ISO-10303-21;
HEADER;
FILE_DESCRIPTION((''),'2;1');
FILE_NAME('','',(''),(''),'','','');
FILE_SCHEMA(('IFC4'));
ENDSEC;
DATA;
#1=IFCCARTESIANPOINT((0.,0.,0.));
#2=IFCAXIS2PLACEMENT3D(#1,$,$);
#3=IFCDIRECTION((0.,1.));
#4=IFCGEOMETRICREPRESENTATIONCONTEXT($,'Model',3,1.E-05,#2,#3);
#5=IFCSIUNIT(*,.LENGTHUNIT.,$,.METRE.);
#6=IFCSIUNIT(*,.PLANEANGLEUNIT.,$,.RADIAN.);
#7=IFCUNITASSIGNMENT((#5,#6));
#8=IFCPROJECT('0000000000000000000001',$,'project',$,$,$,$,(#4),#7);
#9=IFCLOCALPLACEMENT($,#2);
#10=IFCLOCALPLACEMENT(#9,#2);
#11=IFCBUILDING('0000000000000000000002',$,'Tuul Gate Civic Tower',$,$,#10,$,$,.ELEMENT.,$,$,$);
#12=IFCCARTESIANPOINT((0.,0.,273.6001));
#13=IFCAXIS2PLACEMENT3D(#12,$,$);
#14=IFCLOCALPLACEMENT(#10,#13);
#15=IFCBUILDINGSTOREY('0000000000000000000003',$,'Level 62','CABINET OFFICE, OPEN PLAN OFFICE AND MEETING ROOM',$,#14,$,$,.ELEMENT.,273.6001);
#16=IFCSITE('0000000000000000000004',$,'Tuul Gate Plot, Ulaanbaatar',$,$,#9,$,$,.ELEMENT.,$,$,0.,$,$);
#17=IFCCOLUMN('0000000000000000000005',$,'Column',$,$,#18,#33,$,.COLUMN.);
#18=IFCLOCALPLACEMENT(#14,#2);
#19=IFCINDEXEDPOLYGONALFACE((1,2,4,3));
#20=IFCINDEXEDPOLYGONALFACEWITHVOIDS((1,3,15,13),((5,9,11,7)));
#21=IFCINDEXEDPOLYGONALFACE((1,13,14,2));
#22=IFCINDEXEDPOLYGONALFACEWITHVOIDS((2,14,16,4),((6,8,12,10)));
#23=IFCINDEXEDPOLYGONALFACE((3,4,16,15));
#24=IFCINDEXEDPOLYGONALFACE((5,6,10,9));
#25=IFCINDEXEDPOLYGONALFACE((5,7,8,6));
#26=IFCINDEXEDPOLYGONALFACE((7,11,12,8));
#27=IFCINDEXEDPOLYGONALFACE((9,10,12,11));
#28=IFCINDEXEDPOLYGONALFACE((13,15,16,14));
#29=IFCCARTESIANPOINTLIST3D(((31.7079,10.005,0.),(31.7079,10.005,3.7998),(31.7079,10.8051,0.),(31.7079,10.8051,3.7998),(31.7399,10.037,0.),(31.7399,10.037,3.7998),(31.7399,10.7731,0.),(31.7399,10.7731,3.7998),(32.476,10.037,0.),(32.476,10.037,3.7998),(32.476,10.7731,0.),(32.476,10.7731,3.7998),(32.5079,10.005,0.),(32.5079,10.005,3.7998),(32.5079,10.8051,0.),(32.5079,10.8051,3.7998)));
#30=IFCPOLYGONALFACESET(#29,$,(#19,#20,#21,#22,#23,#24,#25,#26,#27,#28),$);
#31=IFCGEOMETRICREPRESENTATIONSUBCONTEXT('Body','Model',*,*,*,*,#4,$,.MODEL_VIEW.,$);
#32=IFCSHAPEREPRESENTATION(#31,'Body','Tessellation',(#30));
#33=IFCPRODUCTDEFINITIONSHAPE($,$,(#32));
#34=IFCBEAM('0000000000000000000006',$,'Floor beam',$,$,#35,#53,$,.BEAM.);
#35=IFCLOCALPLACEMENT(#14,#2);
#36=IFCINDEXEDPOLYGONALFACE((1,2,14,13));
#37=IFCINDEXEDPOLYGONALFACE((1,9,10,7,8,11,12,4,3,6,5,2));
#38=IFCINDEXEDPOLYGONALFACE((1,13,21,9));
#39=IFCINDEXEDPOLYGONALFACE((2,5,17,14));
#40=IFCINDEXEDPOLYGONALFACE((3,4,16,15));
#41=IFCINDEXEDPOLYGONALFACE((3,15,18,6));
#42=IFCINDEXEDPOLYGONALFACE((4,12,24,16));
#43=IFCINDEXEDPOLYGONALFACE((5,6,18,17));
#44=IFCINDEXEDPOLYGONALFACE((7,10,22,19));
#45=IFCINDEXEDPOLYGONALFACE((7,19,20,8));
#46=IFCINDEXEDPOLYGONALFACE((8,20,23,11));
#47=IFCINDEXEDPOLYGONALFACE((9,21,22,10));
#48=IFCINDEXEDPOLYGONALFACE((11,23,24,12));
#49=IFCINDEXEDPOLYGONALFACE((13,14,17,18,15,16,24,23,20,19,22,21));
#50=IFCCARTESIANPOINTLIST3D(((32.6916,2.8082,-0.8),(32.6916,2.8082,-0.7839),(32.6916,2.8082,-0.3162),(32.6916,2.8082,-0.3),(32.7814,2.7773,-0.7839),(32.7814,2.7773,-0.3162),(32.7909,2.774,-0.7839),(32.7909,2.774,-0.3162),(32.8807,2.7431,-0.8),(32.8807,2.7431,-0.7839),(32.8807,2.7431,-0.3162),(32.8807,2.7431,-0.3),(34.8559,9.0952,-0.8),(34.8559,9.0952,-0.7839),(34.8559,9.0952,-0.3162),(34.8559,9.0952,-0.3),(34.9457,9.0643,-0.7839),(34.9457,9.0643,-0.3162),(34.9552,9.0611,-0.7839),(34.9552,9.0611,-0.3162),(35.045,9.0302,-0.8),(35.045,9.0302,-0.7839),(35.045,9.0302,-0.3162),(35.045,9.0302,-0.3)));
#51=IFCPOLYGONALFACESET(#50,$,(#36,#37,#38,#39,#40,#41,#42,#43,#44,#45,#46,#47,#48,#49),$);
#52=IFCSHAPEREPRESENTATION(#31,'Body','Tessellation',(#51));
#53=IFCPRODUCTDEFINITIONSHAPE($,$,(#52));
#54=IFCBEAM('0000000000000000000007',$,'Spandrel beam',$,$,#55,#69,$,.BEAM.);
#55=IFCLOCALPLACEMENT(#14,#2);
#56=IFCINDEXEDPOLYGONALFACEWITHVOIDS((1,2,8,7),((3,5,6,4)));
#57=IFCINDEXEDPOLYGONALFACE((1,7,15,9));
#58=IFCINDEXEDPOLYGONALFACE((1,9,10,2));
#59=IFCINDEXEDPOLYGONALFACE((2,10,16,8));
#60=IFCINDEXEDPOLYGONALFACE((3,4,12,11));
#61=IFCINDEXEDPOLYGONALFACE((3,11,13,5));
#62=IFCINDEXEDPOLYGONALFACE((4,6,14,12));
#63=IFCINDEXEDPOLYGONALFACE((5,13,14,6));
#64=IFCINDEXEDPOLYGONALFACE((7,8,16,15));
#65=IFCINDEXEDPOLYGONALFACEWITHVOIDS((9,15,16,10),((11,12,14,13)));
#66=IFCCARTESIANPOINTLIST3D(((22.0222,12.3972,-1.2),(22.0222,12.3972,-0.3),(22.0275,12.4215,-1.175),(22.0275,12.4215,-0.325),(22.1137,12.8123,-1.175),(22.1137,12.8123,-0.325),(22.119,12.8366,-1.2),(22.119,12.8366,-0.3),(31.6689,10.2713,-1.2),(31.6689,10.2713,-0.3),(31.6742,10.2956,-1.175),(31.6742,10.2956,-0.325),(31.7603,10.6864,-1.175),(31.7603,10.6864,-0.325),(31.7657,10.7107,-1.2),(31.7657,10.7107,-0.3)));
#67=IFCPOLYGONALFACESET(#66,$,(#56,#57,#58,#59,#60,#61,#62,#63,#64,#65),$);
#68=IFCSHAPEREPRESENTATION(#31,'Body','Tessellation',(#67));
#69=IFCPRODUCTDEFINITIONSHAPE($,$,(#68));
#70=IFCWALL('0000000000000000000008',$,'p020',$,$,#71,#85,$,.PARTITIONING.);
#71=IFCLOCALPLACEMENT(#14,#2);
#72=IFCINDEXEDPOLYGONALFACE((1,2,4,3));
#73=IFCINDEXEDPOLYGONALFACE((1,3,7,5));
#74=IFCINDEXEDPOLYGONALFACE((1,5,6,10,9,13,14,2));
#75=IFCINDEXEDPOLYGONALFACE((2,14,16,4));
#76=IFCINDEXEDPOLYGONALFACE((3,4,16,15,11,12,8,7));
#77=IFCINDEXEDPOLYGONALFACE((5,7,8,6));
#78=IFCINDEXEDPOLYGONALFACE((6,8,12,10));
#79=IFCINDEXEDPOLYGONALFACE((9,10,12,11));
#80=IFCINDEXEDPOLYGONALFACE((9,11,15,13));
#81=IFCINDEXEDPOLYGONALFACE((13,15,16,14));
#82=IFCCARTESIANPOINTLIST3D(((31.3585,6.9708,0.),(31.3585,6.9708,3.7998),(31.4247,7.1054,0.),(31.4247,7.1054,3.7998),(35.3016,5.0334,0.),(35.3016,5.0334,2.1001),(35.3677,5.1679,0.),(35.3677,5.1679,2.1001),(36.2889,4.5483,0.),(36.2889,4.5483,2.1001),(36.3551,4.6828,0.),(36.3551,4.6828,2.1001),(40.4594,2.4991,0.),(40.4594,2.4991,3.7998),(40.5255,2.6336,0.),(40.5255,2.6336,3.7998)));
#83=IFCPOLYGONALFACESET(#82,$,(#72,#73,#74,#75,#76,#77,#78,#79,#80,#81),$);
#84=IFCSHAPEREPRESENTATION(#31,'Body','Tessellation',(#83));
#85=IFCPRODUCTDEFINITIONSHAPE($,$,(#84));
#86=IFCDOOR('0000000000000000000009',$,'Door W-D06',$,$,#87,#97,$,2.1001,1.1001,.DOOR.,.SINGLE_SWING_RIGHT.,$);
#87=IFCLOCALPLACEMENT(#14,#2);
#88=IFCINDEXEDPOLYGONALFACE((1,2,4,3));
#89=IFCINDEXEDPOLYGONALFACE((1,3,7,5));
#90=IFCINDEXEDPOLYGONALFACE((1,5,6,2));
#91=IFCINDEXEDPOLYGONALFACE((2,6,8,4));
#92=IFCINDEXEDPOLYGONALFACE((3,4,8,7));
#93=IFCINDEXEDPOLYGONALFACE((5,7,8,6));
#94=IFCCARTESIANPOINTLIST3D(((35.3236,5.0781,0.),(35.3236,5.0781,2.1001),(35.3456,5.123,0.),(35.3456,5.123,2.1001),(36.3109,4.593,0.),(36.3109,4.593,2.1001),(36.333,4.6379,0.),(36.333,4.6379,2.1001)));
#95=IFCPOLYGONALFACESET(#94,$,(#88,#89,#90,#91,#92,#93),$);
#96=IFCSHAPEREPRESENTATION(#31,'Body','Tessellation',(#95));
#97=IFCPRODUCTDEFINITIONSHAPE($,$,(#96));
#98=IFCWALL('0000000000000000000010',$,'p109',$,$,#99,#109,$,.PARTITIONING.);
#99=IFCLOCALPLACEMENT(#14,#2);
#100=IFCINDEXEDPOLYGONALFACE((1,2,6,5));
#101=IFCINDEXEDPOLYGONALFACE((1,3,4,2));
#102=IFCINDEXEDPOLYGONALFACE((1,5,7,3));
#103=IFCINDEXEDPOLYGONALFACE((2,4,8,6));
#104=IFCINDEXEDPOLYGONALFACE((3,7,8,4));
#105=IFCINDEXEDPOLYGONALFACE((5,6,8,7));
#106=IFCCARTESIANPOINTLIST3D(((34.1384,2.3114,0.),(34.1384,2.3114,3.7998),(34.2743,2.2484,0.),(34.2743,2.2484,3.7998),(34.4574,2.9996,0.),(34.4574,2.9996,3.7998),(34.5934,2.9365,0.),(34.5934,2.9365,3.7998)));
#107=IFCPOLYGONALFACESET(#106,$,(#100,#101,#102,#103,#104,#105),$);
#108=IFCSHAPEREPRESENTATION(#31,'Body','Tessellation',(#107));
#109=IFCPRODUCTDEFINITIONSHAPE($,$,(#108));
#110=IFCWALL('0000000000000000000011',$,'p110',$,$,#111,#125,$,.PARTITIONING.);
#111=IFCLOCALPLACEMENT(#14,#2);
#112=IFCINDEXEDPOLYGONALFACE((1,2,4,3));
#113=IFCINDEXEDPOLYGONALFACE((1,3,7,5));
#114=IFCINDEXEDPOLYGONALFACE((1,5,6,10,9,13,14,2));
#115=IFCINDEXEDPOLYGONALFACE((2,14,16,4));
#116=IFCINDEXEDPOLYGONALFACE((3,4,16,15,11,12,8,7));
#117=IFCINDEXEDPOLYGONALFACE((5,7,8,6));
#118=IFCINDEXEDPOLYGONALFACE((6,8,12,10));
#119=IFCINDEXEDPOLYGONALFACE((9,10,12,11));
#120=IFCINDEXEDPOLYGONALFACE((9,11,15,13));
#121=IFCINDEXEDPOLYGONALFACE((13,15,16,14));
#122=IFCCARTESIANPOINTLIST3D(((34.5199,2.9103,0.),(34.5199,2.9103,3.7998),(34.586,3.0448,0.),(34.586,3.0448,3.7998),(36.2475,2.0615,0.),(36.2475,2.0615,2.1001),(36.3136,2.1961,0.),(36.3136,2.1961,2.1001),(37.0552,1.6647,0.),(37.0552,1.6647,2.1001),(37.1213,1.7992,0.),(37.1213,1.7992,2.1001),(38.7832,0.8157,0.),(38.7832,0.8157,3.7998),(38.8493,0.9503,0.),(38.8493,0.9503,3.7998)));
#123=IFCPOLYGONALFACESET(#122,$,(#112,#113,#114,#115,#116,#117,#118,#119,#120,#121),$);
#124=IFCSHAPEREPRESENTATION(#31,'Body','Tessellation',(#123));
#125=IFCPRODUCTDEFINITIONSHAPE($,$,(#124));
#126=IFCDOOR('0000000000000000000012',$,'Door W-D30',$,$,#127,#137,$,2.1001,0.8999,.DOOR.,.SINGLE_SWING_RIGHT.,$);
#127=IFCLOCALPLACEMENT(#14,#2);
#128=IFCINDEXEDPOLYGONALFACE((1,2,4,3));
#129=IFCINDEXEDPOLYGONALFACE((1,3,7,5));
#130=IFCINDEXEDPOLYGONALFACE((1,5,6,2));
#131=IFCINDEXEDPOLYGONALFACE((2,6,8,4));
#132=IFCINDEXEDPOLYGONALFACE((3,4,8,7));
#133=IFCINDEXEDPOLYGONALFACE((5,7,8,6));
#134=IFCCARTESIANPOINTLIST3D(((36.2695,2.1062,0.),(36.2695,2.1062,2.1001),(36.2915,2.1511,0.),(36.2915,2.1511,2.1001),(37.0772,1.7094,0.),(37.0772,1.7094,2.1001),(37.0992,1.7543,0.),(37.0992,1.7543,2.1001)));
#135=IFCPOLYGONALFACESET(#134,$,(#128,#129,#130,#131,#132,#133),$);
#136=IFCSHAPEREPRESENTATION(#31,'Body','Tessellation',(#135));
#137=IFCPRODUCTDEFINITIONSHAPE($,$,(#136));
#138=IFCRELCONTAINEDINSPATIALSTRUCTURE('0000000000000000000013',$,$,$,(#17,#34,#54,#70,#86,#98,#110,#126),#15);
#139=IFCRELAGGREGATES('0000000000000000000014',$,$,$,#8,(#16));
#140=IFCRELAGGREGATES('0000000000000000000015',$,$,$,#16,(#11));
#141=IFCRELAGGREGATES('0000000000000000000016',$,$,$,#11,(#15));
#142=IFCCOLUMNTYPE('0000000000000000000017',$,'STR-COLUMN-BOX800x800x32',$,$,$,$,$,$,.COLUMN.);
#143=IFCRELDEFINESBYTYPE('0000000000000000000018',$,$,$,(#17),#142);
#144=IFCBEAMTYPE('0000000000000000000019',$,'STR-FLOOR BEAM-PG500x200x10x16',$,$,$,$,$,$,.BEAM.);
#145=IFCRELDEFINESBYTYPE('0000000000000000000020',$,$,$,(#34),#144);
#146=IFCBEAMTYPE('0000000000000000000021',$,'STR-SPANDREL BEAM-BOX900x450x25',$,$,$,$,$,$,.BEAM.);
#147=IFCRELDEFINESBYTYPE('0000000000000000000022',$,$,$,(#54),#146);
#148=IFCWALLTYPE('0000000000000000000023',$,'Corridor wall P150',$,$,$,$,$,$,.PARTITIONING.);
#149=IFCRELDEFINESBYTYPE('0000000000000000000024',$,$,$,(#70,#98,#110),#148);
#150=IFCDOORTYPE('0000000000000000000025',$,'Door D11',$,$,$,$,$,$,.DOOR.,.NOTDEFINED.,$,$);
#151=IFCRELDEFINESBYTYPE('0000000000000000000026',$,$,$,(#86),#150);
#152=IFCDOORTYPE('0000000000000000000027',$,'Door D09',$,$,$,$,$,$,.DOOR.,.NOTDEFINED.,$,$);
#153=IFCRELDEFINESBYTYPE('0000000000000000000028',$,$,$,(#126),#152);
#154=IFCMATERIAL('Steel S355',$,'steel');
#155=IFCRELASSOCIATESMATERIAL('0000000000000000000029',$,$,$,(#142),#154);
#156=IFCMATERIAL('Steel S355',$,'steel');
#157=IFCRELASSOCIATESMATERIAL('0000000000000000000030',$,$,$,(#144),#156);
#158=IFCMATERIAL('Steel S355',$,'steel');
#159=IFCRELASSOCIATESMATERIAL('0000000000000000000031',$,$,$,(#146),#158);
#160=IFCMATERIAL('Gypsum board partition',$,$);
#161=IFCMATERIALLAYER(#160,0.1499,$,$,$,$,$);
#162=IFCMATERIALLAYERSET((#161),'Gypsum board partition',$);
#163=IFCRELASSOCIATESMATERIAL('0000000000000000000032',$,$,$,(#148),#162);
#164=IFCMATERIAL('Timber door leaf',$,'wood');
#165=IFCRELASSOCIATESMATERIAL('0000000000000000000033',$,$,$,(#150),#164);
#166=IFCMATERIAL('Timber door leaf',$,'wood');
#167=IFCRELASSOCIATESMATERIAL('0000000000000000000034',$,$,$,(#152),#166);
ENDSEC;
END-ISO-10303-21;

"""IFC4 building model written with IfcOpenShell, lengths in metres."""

from ifc_helpers import new_model, si_unit, direction, frame, frame_2d, origin, origin_2d, place, context, subcontext, project, spatial, rectangle, hollow_rectangle, i_section, extrude, material, layer, layer_set, material_profile, profile_set, type_object, element, fill, save


model = new_model("IFC4")

# Units and contexts
model_context = context("Model", 3, precision=1e-05, world=origin(), true_north=direction((0.0, 1.0)))
body_context = subcontext(model_context, "Body", "Model", "MODEL_VIEW")
ifc_project = project(units=[si_unit("LENGTHUNIT", "METRE"), si_unit("PLANEANGLEUNIT", "RADIAN")], contexts=[model_context])

# Site, building, storey
site_placement = place(None, origin())
site = spatial("IfcSite", under=ifc_project, at=site_placement, Name="Tuul Gate Plot, Ulaanbaatar", CompositionType="ELEMENT", RefElevation=0.0)
building_placement = place(site_placement, origin())
building = spatial("IfcBuilding", under=site, at=building_placement, Name="Tuul Gate Civic Tower", CompositionType="ELEMENT")
storey_placement = place(building_placement, frame((0.0, 0.0, 273.6001)))
storey = spatial("IfcBuildingStorey", under=building, at=storey_placement, Name="Level 62", Description="CABINET OFFICE, OPEN PLAN OFFICE AND MEETING ROOM", CompositionType="ELEMENT", Elevation=273.6001)

# Column
ifc_material_1 = material(Name="Steel S355", Category="steel")
ifc_material_profile_1 = material_profile(ifc_material_1, hollow_rectangle(XDim=0.8, YDim=0.8, WallThickness=0.032, at=origin_2d()), Name="BOX800x800x32")
ifc_profile_set_1 = profile_set([ifc_material_profile_1], Name="Steel S355")
column_type = type_object("IfcColumnType", Name="STR-COLUMN-BOX800x800x32", PredefinedType="COLUMN", material=ifc_profile_set_1)
column_placement = place(storey_placement, frame((32.1079, 10.405, 0.0), z_axis=(0.0, 0.0, 1.0), x_axis=(1.0, 0.0, 0.0)))
element("IfcColumn", 1, at=column_placement, inside=storey, type_object=column_type, Name="Column", PredefinedType="COLUMN", context=body_context, shape_type="SweptSolid", body=[
    extrude(hollow_rectangle(XDim=0.8, YDim=0.8, WallThickness=0.032, at=origin_2d()), origin(), (0.0, 0.0, 1.0), 3.7998),
])

# Beams
ifc_material_2 = material(Name="Steel S355", Category="steel")
ifc_material_profile_2 = material_profile(ifc_material_2, i_section(OverallWidth=0.2, OverallDepth=0.5, WebThickness=0.01, FlangeThickness=0.0161, at=origin_2d()), Name="PG500x200x10x16")
ifc_profile_set_2 = profile_set([ifc_material_profile_2], Name="Steel S355")
beam_type_1 = type_object("IfcBeamType", Name="STR-FLOOR BEAM-PG500x200x10x16", PredefinedType="BEAM", material=ifc_profile_set_2)
beam_1_placement = place(storey_placement, frame((32.7861, 2.7756, -0.55), z_axis=(0.325498, 0.945543, 0.0), x_axis=(-0.945543, 0.325498, 0.0)))
element("IfcBeam", 2, at=beam_1_placement, inside=storey, type_object=beam_type_1, Name="Floor beam", PredefinedType="BEAM", context=body_context, shape_type="SweptSolid", body=[
    extrude(i_section(OverallWidth=0.2, OverallDepth=0.5, WebThickness=0.01, FlangeThickness=0.0161, at=origin_2d()), origin(), (0.0, 0.0, 1.0), 6.6492),
])
ifc_material_3 = material(Name="Steel S355", Category="steel")
ifc_material_profile_3 = material_profile(ifc_material_3, hollow_rectangle(XDim=0.45, YDim=0.8999, WallThickness=0.0249, at=origin_2d()), Name="BOX900x450x25")
ifc_profile_set_3 = profile_set([ifc_material_profile_3], Name="Steel S355")
beam_type_2 = type_object("IfcBeamType", Name="STR-SPANDREL BEAM-BOX900x450x25", PredefinedType="BEAM", material=ifc_profile_set_3)
beam_2_placement = place(storey_placement, frame((31.7173, 10.491, -0.75), z_axis=(-0.976566, 0.215219, 0.0), x_axis=(-0.215219, -0.976566, 0.0)))
element("IfcBeam", 3, at=beam_2_placement, inside=storey, type_object=beam_type_2, Name="Spandrel beam", PredefinedType="BEAM", context=body_context, shape_type="SweptSolid", body=[
    extrude(hollow_rectangle(XDim=0.45, YDim=0.8999, WallThickness=0.0249, at=origin_2d()), origin(), (0.0, 0.0, 1.0), 9.8782),
])

# Wall, opening, door
ifc_material_4 = material(Name="Gypsum board partition")
ifc_layer_1 = layer(ifc_material_4, 0.1499)
ifc_layer_set_1 = layer_set([ifc_layer_1], Name="Gypsum board partition")
wall_type_1 = type_object("IfcWallType", Name="Corridor wall P150", PredefinedType="PARTITIONING", material=ifc_layer_set_1)
wall_1_placement = place(storey_placement, frame((31.3916, 7.0381, 0.0), z_axis=(0.0, 0.0, 1.0), x_axis=(0.897512, -0.440991, 0.0)))
wall_1 = element("IfcWall", 4, at=wall_1_placement, inside=storey, type_object=wall_type_1, Name="p020", PredefinedType="PARTITIONING", context=body_context, shape_type="SweptSolid", body=[
    extrude(rectangle(XDim=10.1401, YDim=0.1499, at=frame_2d((5.0701, 0.0))), origin(), (0.0, 0.0, 1.0), 3.7998),
])
opening_1_placement = place(wall_1_placement, frame((4.3933, 0.0, 0.0)))
opening_1 = element("IfcOpeningElement", 5, at=opening_1_placement, cuts=wall_1, PredefinedType="OPENING", context=body_context, shape_type="SweptSolid", body=[
    extrude(rectangle(XDim=1.1001, YDim=2.1001, at=frame_2d((0.55, 1.05))), frame((0.0, 0.085, 0.0), z_axis=(0.0, -1.0, 0.0), x_axis=(1.0, 0.0, 0.0)), (0.0, 0.0, 1.0), 0.1699),
])
ifc_material_5 = material(Name="Timber door leaf", Category="wood")
door_type_1 = type_object("IfcDoorType", Name="Door D11", OperationType="NOTDEFINED", PredefinedType="DOOR", material=ifc_material_5)
door_1_placement = place(opening_1_placement, origin())
door_1 = element("IfcDoor", 6, at=door_1_placement, inside=storey, type_object=door_type_1, Name="Door W-D06", OperationType="SINGLE_SWING_RIGHT", OverallHeight=2.1001, OverallWidth=1.1001, PredefinedType="DOOR", context=body_context, shape_type="SweptSolid", body=[
    extrude(rectangle(XDim=1.1001, YDim=2.1001, at=frame_2d((0.55, 1.05))), frame((0.0, 0.0249, 0.0), z_axis=(0.0, -1.0, 0.0), x_axis=(1.0, 0.0, 0.0)), (0.0, 0.0, 1.0), 0.05),
])
fill(opening_1, door_1)

# Wall
wall_2_placement = place(storey_placement, frame((34.2063, 2.2798, 0.0), z_axis=(0.0, 0.0, 1.0), x_axis=(0.420629, 0.907233, 0.0)))
element("IfcWall", 7, at=wall_2_placement, inside=storey, type_object=wall_type_1, Name="p109", PredefinedType="PARTITIONING", context=body_context, shape_type="SweptSolid", body=[
    extrude(rectangle(XDim=0.7585, YDim=0.1499, at=frame_2d((0.3794, 0.0))), origin(), (0.0, 0.0, 1.0), 3.7998),
])

# Wall, opening, door
wall_3_placement = place(storey_placement, frame((34.553, 2.9775, 0.0), z_axis=(0.0, 0.0, 1.0), x_axis=(0.89753, -0.440953, 0.0)))
wall_3 = element("IfcWall", 8, at=wall_3_placement, inside=storey, type_object=wall_type_1, Name="p110", PredefinedType="PARTITIONING", context=body_context, shape_type="SweptSolid", body=[
    extrude(rectangle(XDim=4.75, YDim=0.1499, at=frame_2d((2.375, 0.0))), origin(), (0.0, 0.0, 1.0), 3.7998),
])
opening_2_placement = place(wall_3_placement, frame((1.9248, 0.0, 0.0)))
opening_2 = element("IfcOpeningElement", 9, at=opening_2_placement, cuts=wall_3, PredefinedType="OPENING", context=body_context, shape_type="SweptSolid", body=[
    extrude(rectangle(XDim=0.8999, YDim=2.1001, at=frame_2d((0.45, 1.05))), frame((0.0, 0.085, 0.0), z_axis=(0.0, -1.0, 0.0), x_axis=(1.0, 0.0, 0.0)), (0.0, 0.0, 1.0), 0.1699),
])
ifc_material_6 = material(Name="Timber door leaf", Category="wood")
door_type_2 = type_object("IfcDoorType", Name="Door D09", OperationType="NOTDEFINED", PredefinedType="DOOR", material=ifc_material_6)
door_2_placement = place(opening_2_placement, origin())
door_2 = element("IfcDoor", 10, at=door_2_placement, inside=storey, type_object=door_type_2, Name="Door W-D30", OperationType="SINGLE_SWING_RIGHT", OverallHeight=2.1001, OverallWidth=0.8999, PredefinedType="DOOR", context=body_context, shape_type="SweptSolid", body=[
    extrude(rectangle(XDim=0.8999, YDim=2.1001, at=frame_2d((0.45, 1.05))), frame((0.0, 0.0249, 0.0), z_axis=(0.0, -1.0, 0.0), x_axis=(1.0, 0.0, 0.0)), (0.0, 0.0, 1.0), 0.05),
])
fill(opening_2, door_2)

save(model, "model.ifc")
